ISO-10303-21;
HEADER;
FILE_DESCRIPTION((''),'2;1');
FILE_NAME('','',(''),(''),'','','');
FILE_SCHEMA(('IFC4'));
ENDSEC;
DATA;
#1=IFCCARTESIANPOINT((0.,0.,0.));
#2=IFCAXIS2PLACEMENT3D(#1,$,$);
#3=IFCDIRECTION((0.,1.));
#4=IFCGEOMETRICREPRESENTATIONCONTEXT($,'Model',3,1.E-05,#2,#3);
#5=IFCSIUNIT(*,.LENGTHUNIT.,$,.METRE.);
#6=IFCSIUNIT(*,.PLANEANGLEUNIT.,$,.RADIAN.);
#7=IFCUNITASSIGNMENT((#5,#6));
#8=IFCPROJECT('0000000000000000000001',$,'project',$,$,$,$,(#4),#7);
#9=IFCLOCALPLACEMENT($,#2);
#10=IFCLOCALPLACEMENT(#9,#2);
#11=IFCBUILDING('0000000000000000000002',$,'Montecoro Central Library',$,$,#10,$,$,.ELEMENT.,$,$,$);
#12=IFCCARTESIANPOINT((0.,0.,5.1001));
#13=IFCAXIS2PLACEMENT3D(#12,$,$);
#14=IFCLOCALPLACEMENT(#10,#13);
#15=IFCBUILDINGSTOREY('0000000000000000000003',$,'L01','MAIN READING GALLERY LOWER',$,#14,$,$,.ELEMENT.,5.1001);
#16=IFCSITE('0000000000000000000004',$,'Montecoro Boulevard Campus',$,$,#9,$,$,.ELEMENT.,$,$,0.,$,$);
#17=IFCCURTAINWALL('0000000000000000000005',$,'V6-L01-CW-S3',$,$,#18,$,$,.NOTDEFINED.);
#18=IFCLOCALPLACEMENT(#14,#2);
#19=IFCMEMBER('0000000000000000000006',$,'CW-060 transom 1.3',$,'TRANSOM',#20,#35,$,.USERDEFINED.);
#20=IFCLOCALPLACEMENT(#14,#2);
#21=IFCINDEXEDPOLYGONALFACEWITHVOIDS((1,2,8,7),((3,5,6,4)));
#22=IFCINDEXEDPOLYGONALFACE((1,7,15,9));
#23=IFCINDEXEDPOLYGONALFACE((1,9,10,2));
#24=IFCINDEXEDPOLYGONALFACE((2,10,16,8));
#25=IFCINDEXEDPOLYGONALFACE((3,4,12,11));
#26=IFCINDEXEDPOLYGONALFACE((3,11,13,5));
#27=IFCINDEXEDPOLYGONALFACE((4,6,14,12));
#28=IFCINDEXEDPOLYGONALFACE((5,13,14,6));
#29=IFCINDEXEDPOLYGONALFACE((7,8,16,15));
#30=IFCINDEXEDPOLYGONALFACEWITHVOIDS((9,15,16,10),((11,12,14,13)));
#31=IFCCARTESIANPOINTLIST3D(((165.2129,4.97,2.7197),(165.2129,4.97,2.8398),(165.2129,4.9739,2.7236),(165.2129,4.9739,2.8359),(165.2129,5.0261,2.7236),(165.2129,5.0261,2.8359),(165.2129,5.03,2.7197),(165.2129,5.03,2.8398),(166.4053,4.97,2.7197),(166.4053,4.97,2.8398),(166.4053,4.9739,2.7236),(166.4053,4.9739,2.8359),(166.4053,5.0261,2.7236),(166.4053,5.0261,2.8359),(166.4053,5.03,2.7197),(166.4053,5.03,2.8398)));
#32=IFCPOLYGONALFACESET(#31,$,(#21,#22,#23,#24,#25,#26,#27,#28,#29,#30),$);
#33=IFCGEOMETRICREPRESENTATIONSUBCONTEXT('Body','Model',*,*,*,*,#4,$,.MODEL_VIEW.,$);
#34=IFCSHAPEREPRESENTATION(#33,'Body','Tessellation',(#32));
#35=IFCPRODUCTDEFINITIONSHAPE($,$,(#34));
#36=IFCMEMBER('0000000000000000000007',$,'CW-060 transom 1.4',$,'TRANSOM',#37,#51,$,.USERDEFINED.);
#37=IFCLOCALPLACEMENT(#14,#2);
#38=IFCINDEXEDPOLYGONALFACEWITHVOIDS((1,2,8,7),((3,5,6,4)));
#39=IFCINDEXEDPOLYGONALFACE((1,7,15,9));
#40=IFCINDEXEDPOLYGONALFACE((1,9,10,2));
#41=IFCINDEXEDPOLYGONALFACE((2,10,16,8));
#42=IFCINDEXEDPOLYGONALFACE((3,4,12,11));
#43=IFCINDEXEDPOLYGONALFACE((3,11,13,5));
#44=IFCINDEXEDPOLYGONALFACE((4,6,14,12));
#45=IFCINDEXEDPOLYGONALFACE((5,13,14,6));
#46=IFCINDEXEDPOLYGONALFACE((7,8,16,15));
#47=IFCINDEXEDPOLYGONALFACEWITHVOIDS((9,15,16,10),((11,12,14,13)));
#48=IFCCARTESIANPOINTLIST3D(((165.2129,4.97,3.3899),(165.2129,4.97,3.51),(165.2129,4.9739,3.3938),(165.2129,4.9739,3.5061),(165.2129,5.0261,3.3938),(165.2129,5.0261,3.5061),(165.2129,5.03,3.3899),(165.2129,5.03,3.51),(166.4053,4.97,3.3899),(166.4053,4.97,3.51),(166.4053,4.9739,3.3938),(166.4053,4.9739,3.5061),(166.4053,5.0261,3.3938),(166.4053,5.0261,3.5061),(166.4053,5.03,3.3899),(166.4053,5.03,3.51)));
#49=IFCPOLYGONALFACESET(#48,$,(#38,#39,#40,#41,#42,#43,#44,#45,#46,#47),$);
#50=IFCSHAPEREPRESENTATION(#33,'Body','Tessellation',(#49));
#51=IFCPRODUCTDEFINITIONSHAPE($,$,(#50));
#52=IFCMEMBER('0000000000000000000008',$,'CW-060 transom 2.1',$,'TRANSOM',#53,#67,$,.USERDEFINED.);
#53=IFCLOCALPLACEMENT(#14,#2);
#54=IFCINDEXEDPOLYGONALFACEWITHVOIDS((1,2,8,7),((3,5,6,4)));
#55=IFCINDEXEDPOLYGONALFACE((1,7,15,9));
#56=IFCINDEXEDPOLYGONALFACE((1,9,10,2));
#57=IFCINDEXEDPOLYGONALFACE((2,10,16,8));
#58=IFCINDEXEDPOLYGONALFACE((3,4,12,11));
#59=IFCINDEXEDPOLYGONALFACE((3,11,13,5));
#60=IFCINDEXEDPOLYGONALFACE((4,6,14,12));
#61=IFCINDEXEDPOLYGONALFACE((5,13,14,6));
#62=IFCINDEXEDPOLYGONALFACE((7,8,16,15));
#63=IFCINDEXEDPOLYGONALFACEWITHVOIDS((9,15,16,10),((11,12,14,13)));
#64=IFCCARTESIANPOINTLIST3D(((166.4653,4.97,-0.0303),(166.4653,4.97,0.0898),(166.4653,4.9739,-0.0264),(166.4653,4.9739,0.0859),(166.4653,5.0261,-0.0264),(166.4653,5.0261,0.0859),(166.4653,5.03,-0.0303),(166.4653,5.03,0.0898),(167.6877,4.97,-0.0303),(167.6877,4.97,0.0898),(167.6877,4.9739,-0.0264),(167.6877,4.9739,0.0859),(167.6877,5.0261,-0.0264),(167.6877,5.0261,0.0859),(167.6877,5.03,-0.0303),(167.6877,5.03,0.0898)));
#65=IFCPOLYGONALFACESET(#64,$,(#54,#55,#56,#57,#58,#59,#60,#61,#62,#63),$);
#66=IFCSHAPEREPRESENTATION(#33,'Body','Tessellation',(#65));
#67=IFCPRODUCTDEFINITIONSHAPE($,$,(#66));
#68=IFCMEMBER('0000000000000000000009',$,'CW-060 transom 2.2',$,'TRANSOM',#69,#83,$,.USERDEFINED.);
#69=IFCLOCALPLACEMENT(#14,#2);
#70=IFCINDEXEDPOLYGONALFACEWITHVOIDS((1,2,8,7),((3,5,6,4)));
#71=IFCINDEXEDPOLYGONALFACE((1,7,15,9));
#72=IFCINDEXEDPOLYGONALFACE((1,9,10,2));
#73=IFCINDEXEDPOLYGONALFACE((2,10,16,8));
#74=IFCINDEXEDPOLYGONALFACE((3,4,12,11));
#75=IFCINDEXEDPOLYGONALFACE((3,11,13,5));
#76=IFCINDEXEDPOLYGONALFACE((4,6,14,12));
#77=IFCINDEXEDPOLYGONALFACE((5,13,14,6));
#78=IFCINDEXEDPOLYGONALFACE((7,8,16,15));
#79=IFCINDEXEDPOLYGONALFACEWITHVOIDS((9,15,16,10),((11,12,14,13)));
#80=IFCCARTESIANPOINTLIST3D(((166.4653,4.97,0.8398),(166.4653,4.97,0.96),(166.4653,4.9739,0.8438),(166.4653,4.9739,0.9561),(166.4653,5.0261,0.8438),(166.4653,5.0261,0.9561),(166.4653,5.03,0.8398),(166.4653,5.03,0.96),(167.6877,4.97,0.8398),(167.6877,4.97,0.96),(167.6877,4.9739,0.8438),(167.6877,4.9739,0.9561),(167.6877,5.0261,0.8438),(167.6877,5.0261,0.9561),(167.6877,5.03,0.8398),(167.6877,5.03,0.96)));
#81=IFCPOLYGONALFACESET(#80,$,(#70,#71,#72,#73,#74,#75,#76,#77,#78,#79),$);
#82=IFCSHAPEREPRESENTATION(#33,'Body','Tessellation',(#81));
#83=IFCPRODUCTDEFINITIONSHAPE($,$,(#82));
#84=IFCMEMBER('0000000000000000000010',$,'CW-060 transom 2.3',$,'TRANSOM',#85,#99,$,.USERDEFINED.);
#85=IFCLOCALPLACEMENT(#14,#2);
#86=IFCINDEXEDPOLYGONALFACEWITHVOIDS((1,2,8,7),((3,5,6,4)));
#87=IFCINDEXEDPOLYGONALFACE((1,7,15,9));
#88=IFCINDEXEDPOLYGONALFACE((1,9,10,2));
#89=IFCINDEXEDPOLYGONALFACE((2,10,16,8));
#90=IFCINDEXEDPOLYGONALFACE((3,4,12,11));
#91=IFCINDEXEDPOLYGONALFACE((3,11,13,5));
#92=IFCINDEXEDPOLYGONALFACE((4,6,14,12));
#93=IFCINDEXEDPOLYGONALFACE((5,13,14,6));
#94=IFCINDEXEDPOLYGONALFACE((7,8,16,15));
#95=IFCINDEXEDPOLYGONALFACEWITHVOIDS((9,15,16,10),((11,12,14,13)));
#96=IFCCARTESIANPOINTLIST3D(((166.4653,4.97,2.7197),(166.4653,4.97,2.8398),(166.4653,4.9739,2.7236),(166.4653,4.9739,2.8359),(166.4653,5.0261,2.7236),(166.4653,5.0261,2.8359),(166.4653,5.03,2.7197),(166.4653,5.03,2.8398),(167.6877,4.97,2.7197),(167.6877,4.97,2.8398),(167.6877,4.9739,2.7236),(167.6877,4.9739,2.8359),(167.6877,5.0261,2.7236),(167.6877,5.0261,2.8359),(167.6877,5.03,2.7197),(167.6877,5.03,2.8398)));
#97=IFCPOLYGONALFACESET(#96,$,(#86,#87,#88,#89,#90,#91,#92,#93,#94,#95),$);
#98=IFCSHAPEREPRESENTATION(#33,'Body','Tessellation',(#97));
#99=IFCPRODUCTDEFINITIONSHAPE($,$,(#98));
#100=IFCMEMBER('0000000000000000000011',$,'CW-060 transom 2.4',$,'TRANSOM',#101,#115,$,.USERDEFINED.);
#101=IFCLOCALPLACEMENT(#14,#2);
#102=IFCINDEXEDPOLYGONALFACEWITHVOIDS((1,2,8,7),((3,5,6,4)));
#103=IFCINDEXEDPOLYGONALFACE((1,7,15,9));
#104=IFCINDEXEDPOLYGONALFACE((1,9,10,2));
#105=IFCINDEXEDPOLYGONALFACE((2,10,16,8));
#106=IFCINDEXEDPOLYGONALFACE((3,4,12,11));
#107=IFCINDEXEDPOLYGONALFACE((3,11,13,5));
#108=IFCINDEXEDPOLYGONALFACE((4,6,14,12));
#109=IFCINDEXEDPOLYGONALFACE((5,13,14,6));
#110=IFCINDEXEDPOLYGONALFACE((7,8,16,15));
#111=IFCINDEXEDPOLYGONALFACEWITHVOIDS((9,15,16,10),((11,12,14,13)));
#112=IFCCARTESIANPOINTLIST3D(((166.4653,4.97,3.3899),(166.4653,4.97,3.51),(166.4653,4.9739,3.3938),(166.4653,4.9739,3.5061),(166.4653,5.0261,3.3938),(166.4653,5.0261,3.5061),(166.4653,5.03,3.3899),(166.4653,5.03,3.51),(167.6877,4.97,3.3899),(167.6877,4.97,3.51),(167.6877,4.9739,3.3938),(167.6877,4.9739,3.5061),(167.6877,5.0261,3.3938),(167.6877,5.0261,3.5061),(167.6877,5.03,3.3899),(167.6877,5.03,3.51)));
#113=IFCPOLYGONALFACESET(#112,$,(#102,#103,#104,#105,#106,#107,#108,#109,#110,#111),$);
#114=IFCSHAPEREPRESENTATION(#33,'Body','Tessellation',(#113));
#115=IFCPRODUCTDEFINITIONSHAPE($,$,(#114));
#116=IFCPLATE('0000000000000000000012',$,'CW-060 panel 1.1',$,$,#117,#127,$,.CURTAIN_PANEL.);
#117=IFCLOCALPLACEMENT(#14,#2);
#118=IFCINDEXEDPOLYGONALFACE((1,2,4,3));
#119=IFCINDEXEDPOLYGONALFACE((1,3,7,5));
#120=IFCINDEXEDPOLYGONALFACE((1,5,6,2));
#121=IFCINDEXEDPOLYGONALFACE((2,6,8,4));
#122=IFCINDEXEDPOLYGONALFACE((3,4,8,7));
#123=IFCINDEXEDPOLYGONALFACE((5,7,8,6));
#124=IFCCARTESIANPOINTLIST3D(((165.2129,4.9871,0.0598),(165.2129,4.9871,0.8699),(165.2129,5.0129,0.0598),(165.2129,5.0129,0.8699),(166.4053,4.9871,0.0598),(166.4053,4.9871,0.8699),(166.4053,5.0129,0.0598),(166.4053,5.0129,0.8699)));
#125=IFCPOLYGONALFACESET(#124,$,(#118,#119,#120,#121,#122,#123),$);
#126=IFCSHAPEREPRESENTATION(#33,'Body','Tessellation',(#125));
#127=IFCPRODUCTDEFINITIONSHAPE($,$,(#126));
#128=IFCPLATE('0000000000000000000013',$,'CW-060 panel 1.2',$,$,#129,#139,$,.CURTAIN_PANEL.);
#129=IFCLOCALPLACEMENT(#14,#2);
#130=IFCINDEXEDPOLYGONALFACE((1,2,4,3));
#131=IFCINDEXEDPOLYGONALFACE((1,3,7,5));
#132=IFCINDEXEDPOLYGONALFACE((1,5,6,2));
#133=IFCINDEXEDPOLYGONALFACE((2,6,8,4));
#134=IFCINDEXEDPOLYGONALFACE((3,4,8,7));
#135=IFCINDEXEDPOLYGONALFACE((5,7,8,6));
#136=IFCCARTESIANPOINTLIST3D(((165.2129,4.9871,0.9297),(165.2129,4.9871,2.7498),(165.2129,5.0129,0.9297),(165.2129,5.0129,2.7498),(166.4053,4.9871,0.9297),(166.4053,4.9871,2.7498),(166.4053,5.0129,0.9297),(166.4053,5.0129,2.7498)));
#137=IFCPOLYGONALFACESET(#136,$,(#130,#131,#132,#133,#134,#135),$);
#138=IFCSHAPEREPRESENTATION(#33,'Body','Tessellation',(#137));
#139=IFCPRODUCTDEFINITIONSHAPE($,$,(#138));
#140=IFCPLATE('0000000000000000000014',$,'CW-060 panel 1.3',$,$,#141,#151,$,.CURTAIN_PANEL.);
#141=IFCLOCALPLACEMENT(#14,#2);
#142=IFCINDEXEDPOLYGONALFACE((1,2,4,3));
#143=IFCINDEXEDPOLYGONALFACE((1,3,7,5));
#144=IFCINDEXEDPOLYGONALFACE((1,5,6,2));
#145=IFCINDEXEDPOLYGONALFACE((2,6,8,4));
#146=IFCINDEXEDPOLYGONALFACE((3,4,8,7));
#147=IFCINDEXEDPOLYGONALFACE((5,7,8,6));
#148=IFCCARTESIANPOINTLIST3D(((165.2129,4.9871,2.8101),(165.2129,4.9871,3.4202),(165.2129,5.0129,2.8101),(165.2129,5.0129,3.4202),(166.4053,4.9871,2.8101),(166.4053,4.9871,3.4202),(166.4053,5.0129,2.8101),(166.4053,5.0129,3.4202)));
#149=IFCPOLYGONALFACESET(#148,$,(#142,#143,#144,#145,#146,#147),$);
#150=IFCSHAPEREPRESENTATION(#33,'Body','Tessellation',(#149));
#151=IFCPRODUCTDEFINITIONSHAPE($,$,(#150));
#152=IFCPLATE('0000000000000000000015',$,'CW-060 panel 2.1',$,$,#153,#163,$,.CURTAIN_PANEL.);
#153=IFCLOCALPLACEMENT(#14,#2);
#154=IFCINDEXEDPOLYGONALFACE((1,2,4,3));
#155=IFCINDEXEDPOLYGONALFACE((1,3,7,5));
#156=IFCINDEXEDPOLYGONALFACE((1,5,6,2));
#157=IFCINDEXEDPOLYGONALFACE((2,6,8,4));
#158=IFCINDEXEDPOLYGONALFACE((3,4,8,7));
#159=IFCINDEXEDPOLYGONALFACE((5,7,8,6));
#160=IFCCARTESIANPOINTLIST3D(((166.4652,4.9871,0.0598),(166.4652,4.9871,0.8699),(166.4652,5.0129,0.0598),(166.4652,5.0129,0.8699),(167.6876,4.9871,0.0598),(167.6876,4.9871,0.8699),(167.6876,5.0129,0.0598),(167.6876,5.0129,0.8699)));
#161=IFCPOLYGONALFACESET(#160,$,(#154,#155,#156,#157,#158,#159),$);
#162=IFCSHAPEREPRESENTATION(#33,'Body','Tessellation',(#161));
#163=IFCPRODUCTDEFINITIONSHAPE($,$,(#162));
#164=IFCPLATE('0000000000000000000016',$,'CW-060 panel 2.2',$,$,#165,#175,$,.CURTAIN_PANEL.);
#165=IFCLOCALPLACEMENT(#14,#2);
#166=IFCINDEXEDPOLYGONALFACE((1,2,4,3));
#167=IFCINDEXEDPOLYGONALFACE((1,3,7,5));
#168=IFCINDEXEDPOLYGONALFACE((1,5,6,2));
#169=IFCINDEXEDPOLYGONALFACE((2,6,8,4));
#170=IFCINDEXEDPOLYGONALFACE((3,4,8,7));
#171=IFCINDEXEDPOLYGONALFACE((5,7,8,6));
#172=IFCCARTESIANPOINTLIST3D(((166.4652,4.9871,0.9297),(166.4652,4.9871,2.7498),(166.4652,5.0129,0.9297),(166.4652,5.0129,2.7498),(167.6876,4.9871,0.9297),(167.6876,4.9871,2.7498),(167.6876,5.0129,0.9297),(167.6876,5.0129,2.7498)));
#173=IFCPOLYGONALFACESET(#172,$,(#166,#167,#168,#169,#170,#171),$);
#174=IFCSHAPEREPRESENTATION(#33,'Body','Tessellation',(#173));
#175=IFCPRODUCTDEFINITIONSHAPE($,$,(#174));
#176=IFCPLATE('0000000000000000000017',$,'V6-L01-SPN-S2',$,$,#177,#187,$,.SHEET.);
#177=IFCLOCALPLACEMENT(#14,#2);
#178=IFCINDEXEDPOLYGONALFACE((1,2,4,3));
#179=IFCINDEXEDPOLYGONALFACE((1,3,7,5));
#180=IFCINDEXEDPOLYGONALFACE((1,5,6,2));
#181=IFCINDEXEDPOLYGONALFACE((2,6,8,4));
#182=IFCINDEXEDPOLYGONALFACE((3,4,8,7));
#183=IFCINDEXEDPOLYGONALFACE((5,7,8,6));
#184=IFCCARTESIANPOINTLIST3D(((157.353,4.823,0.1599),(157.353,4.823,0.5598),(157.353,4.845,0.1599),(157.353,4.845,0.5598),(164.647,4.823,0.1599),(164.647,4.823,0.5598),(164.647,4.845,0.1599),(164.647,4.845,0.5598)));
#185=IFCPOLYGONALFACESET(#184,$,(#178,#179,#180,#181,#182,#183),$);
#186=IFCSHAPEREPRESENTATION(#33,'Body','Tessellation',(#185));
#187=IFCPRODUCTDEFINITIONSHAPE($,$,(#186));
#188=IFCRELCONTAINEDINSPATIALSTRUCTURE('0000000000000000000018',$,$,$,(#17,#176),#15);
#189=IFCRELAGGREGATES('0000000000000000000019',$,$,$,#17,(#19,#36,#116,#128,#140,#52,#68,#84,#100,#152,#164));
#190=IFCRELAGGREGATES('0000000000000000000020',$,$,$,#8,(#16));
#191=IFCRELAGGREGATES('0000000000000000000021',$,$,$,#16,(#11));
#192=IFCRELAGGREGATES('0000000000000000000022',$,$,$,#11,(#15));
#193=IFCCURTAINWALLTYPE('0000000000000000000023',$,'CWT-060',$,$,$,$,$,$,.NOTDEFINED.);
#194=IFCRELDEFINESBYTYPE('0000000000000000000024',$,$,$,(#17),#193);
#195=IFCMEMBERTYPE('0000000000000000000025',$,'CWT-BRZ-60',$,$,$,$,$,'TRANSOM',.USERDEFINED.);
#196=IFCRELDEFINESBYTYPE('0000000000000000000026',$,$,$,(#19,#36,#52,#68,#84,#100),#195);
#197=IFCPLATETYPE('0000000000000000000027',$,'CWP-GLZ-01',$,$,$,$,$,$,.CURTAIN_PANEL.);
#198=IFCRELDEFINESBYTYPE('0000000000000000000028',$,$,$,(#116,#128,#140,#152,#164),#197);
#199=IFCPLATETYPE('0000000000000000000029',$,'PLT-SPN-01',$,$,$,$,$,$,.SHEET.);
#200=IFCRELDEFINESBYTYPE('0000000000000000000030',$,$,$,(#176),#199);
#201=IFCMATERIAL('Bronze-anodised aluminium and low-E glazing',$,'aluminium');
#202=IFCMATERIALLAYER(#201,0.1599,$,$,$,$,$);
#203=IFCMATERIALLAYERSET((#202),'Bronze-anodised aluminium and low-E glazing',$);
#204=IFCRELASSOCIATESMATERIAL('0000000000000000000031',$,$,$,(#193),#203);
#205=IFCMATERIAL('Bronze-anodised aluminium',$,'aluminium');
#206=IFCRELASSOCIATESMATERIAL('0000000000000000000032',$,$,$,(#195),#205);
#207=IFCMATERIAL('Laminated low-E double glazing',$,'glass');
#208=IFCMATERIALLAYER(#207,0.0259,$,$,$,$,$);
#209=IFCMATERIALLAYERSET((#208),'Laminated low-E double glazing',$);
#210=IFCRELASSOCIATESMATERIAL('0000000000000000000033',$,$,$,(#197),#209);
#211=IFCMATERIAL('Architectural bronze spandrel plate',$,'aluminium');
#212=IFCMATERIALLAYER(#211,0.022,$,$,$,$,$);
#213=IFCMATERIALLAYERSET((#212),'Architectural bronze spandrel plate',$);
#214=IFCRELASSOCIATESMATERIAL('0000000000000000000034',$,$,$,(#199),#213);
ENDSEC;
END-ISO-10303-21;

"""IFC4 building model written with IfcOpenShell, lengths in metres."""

from ifc_helpers import new_model, si_unit, direction, frame, origin, origin_2d, place, context, subcontext, project, spatial, rectangle, hollow_rectangle, extrude, material, layer, layer_set, material_profile, profile_set, type_object, element, aggregate, save


model = new_model("IFC4")

# Units and contexts
model_context = context("Model", 3, precision=1e-05, world=origin(), true_north=direction((0.0, 1.0)))
body_context = subcontext(model_context, "Body", "Model", "MODEL_VIEW")
ifc_project = project(units=[si_unit("LENGTHUNIT", "METRE"), si_unit("PLANEANGLEUNIT", "RADIAN")], contexts=[model_context])

# Site, building, storey
site_placement = place(None, origin())
site = spatial("IfcSite", under=ifc_project, at=site_placement, Name="Montecoro Boulevard Campus", CompositionType="ELEMENT", RefElevation=0.0)
building_placement = place(site_placement, origin())
building = spatial("IfcBuilding", under=site, at=building_placement, Name="Montecoro Central Library", CompositionType="ELEMENT")
storey_placement = place(building_placement, frame((0.0, 0.0, 5.1001)))
storey = spatial("IfcBuildingStorey", under=building, at=storey_placement, Name="L01", Description="MAIN READING GALLERY LOWER", CompositionType="ELEMENT", Elevation=5.1001)

# Curtain wall, members, plates
ifc_material_1 = material(Name="Bronze-anodised aluminium and low-E glazing", Category="aluminium")
ifc_layer_1 = layer(ifc_material_1, 0.1599)
ifc_layer_set_1 = layer_set([ifc_layer_1], Name="Bronze-anodised aluminium and low-E glazing")
curtain_wall_type = type_object("IfcCurtainWallType", Name="CWT-060", PredefinedType="NOTDEFINED", material=ifc_layer_set_1)
curtain_wall_placement = place(storey_placement, origin())
curtain_wall = element("IfcCurtainWall", 1, at=curtain_wall_placement, inside=storey, type_object=curtain_wall_type, Name="V6-L01-CW-S3", PredefinedType="NOTDEFINED")
ifc_material_2 = material(Name="Bronze-anodised aluminium", Category="aluminium")
ifc_material_profile_1 = material_profile(ifc_material_2, hollow_rectangle(XDim=0.0601, YDim=0.1201, WallThickness=0.0039, at=origin_2d()), Name="CWT 120x60x4.0")
ifc_profile_set_1 = profile_set([ifc_material_profile_1], Name="Bronze-anodised aluminium")
member_type_1 = type_object("IfcMemberType", Name="CWT-BRZ-60", ElementType="TRANSOM", PredefinedType="USERDEFINED", material=ifc_profile_set_1)
member_1_placement = place(storey_placement, frame((165.2129, 5.0, 2.7798), z_axis=(1.0, 0.0, 0.0), x_axis=(0.0, 1.0, 0.0)))
member_1 = element("IfcMember", 2, at=member_1_placement, type_object=member_type_1, Name="CW-060 transom 1.3", ObjectType="TRANSOM", PredefinedType="USERDEFINED", context=body_context, shape_type="SweptSolid", body=[
    extrude(hollow_rectangle(XDim=0.0601, YDim=0.1201, WallThickness=0.0039, at=origin_2d()), origin(), (0.0, 0.0, 1.0), 1.1924),
])
member_2_placement = place(storey_placement, frame((165.2129, 5.0, 3.45), z_axis=(1.0, 0.0, 0.0), x_axis=(0.0, 1.0, 0.0)))
member_2 = element("IfcMember", 3, at=member_2_placement, type_object=member_type_1, Name="CW-060 transom 1.4", ObjectType="TRANSOM", PredefinedType="USERDEFINED", context=body_context, shape_type="SweptSolid", body=[
    extrude(hollow_rectangle(XDim=0.0601, YDim=0.1201, WallThickness=0.0039, at=origin_2d()), origin(), (0.0, 0.0, 1.0), 1.1924),
])
member_3_placement = place(storey_placement, frame((166.4653, 5.0, 0.0298), z_axis=(1.0, 0.0, 0.0), x_axis=(0.0, 1.0, 0.0)))
member_3 = element("IfcMember", 4, at=member_3_placement, type_object=member_type_1, Name="CW-060 transom 2.1", ObjectType="TRANSOM", PredefinedType="USERDEFINED", context=body_context, shape_type="SweptSolid", body=[
    extrude(hollow_rectangle(XDim=0.0601, YDim=0.1201, WallThickness=0.0039, at=origin_2d()), origin(), (0.0, 0.0, 1.0), 1.2224),
])
member_4_placement = place(storey_placement, frame((166.4653, 5.0, 0.8999), z_axis=(1.0, 0.0, 0.0), x_axis=(0.0, 1.0, 0.0)))
member_4 = element("IfcMember", 5, at=member_4_placement, type_object=member_type_1, Name="CW-060 transom 2.2", ObjectType="TRANSOM", PredefinedType="USERDEFINED", context=body_context, shape_type="SweptSolid", body=[
    extrude(hollow_rectangle(XDim=0.0601, YDim=0.1201, WallThickness=0.0039, at=origin_2d()), origin(), (0.0, 0.0, 1.0), 1.2224),
])
member_5_placement = place(storey_placement, frame((166.4653, 5.0, 2.7798), z_axis=(1.0, 0.0, 0.0), x_axis=(0.0, 1.0, 0.0)))
member_5 = element("IfcMember", 6, at=member_5_placement, type_object=member_type_1, Name="CW-060 transom 2.3", ObjectType="TRANSOM", PredefinedType="USERDEFINED", context=body_context, shape_type="SweptSolid", body=[
    extrude(hollow_rectangle(XDim=0.0601, YDim=0.1201, WallThickness=0.0039, at=origin_2d()), origin(), (0.0, 0.0, 1.0), 1.2224),
])
member_6_placement = place(storey_placement, frame((166.4653, 5.0, 3.45), z_axis=(1.0, 0.0, 0.0), x_axis=(0.0, 1.0, 0.0)))
member_6 = element("IfcMember", 7, at=member_6_placement, type_object=member_type_1, Name="CW-060 transom 2.4", ObjectType="TRANSOM", PredefinedType="USERDEFINED", context=body_context, shape_type="SweptSolid", body=[
    extrude(hollow_rectangle(XDim=0.0601, YDim=0.1201, WallThickness=0.0039, at=origin_2d()), origin(), (0.0, 0.0, 1.0), 1.2224),
])
ifc_material_3 = material(Name="Laminated low-E double glazing", Category="glass")
ifc_layer_2 = layer(ifc_material_3, 0.0259)
ifc_layer_set_2 = layer_set([ifc_layer_2], Name="Laminated low-E double glazing")
plate_type_1 = type_object("IfcPlateType", Name="CWP-GLZ-01", PredefinedType="CURTAIN_PANEL", material=ifc_layer_set_2)
plate_1_placement = place(storey_placement, frame((165.8091, 5.0, 0.0598), z_axis=(0.0, 0.0, 1.0), x_axis=(1.0, 0.0, 0.0)))
plate_1 = element("IfcPlate", 8, at=plate_1_placement, type_object=plate_type_1, Name="CW-060 panel 1.1", PredefinedType="CURTAIN_PANEL", context=body_context, shape_type="SweptSolid", body=[
    extrude(rectangle(XDim=1.1924, YDim=0.0259, at=origin_2d()), origin(), (0.0, 0.0, 1.0), 0.8101),
])
plate_2_placement = place(storey_placement, frame((165.8091, 5.0, 0.9297), z_axis=(0.0, 0.0, 1.0), x_axis=(1.0, 0.0, 0.0)))
plate_2 = element("IfcPlate", 9, at=plate_2_placement, type_object=plate_type_1, Name="CW-060 panel 1.2", PredefinedType="CURTAIN_PANEL", context=body_context, shape_type="SweptSolid", body=[
    extrude(rectangle(XDim=1.1924, YDim=0.0259, at=origin_2d()), origin(), (0.0, 0.0, 1.0), 1.8201),
])
plate_3_placement = place(storey_placement, frame((165.8091, 5.0, 2.8101), z_axis=(0.0, 0.0, 1.0), x_axis=(1.0, 0.0, 0.0)))
plate_3 = element("IfcPlate", 10, at=plate_3_placement, type_object=plate_type_1, Name="CW-060 panel 1.3", PredefinedType="CURTAIN_PANEL", context=body_context, shape_type="SweptSolid", body=[
    extrude(rectangle(XDim=1.1924, YDim=0.0259, at=origin_2d()), origin(), (0.0, 0.0, 1.0), 0.6101),
])
plate_4_placement = place(storey_placement, frame((167.0764, 5.0, 0.0598), z_axis=(0.0, 0.0, 1.0), x_axis=(1.0, 0.0, 0.0)))
plate_4 = element("IfcPlate", 11, at=plate_4_placement, type_object=plate_type_1, Name="CW-060 panel 2.1", PredefinedType="CURTAIN_PANEL", context=body_context, shape_type="SweptSolid", body=[
    extrude(rectangle(XDim=1.2224, YDim=0.0259, at=origin_2d()), origin(), (0.0, 0.0, 1.0), 0.8101),
])
plate_5_placement = place(storey_placement, frame((167.0764, 5.0, 0.9297), z_axis=(0.0, 0.0, 1.0), x_axis=(1.0, 0.0, 0.0)))
plate_5 = element("IfcPlate", 12, at=plate_5_placement, type_object=plate_type_1, Name="CW-060 panel 2.2", PredefinedType="CURTAIN_PANEL", context=body_context, shape_type="SweptSolid", body=[
    extrude(rectangle(XDim=1.2224, YDim=0.0259, at=origin_2d()), origin(), (0.0, 0.0, 1.0), 1.8201),
])
aggregate(curtain_wall, [member_1, member_2, plate_1, plate_2, plate_3, member_3, member_4, member_5, member_6, plate_4, plate_5])

# Plate
ifc_material_4 = material(Name="Architectural bronze spandrel plate", Category="aluminium")
ifc_layer_3 = layer(ifc_material_4, 0.022)
ifc_layer_set_3 = layer_set([ifc_layer_3], Name="Architectural bronze spandrel plate")
plate_type_2 = type_object("IfcPlateType", Name="PLT-SPN-01", PredefinedType="SHEET", material=ifc_layer_set_3)
plate_6_placement = place(storey_placement, frame((161.0, 4.834, 0.1599), z_axis=(0.0, 0.0, 1.0), x_axis=(1.0, 0.0, 0.0)))
element("IfcPlate", 13, at=plate_6_placement, inside=storey, type_object=plate_type_2, Name="V6-L01-SPN-S2", PredefinedType="SHEET", context=body_context, shape_type="SweptSolid", body=[
    extrude(rectangle(XDim=7.2939, YDim=0.022, at=origin_2d()), origin(), (0.0, 0.0, 1.0), 0.3999),
])

save(model, "model.ifc")
